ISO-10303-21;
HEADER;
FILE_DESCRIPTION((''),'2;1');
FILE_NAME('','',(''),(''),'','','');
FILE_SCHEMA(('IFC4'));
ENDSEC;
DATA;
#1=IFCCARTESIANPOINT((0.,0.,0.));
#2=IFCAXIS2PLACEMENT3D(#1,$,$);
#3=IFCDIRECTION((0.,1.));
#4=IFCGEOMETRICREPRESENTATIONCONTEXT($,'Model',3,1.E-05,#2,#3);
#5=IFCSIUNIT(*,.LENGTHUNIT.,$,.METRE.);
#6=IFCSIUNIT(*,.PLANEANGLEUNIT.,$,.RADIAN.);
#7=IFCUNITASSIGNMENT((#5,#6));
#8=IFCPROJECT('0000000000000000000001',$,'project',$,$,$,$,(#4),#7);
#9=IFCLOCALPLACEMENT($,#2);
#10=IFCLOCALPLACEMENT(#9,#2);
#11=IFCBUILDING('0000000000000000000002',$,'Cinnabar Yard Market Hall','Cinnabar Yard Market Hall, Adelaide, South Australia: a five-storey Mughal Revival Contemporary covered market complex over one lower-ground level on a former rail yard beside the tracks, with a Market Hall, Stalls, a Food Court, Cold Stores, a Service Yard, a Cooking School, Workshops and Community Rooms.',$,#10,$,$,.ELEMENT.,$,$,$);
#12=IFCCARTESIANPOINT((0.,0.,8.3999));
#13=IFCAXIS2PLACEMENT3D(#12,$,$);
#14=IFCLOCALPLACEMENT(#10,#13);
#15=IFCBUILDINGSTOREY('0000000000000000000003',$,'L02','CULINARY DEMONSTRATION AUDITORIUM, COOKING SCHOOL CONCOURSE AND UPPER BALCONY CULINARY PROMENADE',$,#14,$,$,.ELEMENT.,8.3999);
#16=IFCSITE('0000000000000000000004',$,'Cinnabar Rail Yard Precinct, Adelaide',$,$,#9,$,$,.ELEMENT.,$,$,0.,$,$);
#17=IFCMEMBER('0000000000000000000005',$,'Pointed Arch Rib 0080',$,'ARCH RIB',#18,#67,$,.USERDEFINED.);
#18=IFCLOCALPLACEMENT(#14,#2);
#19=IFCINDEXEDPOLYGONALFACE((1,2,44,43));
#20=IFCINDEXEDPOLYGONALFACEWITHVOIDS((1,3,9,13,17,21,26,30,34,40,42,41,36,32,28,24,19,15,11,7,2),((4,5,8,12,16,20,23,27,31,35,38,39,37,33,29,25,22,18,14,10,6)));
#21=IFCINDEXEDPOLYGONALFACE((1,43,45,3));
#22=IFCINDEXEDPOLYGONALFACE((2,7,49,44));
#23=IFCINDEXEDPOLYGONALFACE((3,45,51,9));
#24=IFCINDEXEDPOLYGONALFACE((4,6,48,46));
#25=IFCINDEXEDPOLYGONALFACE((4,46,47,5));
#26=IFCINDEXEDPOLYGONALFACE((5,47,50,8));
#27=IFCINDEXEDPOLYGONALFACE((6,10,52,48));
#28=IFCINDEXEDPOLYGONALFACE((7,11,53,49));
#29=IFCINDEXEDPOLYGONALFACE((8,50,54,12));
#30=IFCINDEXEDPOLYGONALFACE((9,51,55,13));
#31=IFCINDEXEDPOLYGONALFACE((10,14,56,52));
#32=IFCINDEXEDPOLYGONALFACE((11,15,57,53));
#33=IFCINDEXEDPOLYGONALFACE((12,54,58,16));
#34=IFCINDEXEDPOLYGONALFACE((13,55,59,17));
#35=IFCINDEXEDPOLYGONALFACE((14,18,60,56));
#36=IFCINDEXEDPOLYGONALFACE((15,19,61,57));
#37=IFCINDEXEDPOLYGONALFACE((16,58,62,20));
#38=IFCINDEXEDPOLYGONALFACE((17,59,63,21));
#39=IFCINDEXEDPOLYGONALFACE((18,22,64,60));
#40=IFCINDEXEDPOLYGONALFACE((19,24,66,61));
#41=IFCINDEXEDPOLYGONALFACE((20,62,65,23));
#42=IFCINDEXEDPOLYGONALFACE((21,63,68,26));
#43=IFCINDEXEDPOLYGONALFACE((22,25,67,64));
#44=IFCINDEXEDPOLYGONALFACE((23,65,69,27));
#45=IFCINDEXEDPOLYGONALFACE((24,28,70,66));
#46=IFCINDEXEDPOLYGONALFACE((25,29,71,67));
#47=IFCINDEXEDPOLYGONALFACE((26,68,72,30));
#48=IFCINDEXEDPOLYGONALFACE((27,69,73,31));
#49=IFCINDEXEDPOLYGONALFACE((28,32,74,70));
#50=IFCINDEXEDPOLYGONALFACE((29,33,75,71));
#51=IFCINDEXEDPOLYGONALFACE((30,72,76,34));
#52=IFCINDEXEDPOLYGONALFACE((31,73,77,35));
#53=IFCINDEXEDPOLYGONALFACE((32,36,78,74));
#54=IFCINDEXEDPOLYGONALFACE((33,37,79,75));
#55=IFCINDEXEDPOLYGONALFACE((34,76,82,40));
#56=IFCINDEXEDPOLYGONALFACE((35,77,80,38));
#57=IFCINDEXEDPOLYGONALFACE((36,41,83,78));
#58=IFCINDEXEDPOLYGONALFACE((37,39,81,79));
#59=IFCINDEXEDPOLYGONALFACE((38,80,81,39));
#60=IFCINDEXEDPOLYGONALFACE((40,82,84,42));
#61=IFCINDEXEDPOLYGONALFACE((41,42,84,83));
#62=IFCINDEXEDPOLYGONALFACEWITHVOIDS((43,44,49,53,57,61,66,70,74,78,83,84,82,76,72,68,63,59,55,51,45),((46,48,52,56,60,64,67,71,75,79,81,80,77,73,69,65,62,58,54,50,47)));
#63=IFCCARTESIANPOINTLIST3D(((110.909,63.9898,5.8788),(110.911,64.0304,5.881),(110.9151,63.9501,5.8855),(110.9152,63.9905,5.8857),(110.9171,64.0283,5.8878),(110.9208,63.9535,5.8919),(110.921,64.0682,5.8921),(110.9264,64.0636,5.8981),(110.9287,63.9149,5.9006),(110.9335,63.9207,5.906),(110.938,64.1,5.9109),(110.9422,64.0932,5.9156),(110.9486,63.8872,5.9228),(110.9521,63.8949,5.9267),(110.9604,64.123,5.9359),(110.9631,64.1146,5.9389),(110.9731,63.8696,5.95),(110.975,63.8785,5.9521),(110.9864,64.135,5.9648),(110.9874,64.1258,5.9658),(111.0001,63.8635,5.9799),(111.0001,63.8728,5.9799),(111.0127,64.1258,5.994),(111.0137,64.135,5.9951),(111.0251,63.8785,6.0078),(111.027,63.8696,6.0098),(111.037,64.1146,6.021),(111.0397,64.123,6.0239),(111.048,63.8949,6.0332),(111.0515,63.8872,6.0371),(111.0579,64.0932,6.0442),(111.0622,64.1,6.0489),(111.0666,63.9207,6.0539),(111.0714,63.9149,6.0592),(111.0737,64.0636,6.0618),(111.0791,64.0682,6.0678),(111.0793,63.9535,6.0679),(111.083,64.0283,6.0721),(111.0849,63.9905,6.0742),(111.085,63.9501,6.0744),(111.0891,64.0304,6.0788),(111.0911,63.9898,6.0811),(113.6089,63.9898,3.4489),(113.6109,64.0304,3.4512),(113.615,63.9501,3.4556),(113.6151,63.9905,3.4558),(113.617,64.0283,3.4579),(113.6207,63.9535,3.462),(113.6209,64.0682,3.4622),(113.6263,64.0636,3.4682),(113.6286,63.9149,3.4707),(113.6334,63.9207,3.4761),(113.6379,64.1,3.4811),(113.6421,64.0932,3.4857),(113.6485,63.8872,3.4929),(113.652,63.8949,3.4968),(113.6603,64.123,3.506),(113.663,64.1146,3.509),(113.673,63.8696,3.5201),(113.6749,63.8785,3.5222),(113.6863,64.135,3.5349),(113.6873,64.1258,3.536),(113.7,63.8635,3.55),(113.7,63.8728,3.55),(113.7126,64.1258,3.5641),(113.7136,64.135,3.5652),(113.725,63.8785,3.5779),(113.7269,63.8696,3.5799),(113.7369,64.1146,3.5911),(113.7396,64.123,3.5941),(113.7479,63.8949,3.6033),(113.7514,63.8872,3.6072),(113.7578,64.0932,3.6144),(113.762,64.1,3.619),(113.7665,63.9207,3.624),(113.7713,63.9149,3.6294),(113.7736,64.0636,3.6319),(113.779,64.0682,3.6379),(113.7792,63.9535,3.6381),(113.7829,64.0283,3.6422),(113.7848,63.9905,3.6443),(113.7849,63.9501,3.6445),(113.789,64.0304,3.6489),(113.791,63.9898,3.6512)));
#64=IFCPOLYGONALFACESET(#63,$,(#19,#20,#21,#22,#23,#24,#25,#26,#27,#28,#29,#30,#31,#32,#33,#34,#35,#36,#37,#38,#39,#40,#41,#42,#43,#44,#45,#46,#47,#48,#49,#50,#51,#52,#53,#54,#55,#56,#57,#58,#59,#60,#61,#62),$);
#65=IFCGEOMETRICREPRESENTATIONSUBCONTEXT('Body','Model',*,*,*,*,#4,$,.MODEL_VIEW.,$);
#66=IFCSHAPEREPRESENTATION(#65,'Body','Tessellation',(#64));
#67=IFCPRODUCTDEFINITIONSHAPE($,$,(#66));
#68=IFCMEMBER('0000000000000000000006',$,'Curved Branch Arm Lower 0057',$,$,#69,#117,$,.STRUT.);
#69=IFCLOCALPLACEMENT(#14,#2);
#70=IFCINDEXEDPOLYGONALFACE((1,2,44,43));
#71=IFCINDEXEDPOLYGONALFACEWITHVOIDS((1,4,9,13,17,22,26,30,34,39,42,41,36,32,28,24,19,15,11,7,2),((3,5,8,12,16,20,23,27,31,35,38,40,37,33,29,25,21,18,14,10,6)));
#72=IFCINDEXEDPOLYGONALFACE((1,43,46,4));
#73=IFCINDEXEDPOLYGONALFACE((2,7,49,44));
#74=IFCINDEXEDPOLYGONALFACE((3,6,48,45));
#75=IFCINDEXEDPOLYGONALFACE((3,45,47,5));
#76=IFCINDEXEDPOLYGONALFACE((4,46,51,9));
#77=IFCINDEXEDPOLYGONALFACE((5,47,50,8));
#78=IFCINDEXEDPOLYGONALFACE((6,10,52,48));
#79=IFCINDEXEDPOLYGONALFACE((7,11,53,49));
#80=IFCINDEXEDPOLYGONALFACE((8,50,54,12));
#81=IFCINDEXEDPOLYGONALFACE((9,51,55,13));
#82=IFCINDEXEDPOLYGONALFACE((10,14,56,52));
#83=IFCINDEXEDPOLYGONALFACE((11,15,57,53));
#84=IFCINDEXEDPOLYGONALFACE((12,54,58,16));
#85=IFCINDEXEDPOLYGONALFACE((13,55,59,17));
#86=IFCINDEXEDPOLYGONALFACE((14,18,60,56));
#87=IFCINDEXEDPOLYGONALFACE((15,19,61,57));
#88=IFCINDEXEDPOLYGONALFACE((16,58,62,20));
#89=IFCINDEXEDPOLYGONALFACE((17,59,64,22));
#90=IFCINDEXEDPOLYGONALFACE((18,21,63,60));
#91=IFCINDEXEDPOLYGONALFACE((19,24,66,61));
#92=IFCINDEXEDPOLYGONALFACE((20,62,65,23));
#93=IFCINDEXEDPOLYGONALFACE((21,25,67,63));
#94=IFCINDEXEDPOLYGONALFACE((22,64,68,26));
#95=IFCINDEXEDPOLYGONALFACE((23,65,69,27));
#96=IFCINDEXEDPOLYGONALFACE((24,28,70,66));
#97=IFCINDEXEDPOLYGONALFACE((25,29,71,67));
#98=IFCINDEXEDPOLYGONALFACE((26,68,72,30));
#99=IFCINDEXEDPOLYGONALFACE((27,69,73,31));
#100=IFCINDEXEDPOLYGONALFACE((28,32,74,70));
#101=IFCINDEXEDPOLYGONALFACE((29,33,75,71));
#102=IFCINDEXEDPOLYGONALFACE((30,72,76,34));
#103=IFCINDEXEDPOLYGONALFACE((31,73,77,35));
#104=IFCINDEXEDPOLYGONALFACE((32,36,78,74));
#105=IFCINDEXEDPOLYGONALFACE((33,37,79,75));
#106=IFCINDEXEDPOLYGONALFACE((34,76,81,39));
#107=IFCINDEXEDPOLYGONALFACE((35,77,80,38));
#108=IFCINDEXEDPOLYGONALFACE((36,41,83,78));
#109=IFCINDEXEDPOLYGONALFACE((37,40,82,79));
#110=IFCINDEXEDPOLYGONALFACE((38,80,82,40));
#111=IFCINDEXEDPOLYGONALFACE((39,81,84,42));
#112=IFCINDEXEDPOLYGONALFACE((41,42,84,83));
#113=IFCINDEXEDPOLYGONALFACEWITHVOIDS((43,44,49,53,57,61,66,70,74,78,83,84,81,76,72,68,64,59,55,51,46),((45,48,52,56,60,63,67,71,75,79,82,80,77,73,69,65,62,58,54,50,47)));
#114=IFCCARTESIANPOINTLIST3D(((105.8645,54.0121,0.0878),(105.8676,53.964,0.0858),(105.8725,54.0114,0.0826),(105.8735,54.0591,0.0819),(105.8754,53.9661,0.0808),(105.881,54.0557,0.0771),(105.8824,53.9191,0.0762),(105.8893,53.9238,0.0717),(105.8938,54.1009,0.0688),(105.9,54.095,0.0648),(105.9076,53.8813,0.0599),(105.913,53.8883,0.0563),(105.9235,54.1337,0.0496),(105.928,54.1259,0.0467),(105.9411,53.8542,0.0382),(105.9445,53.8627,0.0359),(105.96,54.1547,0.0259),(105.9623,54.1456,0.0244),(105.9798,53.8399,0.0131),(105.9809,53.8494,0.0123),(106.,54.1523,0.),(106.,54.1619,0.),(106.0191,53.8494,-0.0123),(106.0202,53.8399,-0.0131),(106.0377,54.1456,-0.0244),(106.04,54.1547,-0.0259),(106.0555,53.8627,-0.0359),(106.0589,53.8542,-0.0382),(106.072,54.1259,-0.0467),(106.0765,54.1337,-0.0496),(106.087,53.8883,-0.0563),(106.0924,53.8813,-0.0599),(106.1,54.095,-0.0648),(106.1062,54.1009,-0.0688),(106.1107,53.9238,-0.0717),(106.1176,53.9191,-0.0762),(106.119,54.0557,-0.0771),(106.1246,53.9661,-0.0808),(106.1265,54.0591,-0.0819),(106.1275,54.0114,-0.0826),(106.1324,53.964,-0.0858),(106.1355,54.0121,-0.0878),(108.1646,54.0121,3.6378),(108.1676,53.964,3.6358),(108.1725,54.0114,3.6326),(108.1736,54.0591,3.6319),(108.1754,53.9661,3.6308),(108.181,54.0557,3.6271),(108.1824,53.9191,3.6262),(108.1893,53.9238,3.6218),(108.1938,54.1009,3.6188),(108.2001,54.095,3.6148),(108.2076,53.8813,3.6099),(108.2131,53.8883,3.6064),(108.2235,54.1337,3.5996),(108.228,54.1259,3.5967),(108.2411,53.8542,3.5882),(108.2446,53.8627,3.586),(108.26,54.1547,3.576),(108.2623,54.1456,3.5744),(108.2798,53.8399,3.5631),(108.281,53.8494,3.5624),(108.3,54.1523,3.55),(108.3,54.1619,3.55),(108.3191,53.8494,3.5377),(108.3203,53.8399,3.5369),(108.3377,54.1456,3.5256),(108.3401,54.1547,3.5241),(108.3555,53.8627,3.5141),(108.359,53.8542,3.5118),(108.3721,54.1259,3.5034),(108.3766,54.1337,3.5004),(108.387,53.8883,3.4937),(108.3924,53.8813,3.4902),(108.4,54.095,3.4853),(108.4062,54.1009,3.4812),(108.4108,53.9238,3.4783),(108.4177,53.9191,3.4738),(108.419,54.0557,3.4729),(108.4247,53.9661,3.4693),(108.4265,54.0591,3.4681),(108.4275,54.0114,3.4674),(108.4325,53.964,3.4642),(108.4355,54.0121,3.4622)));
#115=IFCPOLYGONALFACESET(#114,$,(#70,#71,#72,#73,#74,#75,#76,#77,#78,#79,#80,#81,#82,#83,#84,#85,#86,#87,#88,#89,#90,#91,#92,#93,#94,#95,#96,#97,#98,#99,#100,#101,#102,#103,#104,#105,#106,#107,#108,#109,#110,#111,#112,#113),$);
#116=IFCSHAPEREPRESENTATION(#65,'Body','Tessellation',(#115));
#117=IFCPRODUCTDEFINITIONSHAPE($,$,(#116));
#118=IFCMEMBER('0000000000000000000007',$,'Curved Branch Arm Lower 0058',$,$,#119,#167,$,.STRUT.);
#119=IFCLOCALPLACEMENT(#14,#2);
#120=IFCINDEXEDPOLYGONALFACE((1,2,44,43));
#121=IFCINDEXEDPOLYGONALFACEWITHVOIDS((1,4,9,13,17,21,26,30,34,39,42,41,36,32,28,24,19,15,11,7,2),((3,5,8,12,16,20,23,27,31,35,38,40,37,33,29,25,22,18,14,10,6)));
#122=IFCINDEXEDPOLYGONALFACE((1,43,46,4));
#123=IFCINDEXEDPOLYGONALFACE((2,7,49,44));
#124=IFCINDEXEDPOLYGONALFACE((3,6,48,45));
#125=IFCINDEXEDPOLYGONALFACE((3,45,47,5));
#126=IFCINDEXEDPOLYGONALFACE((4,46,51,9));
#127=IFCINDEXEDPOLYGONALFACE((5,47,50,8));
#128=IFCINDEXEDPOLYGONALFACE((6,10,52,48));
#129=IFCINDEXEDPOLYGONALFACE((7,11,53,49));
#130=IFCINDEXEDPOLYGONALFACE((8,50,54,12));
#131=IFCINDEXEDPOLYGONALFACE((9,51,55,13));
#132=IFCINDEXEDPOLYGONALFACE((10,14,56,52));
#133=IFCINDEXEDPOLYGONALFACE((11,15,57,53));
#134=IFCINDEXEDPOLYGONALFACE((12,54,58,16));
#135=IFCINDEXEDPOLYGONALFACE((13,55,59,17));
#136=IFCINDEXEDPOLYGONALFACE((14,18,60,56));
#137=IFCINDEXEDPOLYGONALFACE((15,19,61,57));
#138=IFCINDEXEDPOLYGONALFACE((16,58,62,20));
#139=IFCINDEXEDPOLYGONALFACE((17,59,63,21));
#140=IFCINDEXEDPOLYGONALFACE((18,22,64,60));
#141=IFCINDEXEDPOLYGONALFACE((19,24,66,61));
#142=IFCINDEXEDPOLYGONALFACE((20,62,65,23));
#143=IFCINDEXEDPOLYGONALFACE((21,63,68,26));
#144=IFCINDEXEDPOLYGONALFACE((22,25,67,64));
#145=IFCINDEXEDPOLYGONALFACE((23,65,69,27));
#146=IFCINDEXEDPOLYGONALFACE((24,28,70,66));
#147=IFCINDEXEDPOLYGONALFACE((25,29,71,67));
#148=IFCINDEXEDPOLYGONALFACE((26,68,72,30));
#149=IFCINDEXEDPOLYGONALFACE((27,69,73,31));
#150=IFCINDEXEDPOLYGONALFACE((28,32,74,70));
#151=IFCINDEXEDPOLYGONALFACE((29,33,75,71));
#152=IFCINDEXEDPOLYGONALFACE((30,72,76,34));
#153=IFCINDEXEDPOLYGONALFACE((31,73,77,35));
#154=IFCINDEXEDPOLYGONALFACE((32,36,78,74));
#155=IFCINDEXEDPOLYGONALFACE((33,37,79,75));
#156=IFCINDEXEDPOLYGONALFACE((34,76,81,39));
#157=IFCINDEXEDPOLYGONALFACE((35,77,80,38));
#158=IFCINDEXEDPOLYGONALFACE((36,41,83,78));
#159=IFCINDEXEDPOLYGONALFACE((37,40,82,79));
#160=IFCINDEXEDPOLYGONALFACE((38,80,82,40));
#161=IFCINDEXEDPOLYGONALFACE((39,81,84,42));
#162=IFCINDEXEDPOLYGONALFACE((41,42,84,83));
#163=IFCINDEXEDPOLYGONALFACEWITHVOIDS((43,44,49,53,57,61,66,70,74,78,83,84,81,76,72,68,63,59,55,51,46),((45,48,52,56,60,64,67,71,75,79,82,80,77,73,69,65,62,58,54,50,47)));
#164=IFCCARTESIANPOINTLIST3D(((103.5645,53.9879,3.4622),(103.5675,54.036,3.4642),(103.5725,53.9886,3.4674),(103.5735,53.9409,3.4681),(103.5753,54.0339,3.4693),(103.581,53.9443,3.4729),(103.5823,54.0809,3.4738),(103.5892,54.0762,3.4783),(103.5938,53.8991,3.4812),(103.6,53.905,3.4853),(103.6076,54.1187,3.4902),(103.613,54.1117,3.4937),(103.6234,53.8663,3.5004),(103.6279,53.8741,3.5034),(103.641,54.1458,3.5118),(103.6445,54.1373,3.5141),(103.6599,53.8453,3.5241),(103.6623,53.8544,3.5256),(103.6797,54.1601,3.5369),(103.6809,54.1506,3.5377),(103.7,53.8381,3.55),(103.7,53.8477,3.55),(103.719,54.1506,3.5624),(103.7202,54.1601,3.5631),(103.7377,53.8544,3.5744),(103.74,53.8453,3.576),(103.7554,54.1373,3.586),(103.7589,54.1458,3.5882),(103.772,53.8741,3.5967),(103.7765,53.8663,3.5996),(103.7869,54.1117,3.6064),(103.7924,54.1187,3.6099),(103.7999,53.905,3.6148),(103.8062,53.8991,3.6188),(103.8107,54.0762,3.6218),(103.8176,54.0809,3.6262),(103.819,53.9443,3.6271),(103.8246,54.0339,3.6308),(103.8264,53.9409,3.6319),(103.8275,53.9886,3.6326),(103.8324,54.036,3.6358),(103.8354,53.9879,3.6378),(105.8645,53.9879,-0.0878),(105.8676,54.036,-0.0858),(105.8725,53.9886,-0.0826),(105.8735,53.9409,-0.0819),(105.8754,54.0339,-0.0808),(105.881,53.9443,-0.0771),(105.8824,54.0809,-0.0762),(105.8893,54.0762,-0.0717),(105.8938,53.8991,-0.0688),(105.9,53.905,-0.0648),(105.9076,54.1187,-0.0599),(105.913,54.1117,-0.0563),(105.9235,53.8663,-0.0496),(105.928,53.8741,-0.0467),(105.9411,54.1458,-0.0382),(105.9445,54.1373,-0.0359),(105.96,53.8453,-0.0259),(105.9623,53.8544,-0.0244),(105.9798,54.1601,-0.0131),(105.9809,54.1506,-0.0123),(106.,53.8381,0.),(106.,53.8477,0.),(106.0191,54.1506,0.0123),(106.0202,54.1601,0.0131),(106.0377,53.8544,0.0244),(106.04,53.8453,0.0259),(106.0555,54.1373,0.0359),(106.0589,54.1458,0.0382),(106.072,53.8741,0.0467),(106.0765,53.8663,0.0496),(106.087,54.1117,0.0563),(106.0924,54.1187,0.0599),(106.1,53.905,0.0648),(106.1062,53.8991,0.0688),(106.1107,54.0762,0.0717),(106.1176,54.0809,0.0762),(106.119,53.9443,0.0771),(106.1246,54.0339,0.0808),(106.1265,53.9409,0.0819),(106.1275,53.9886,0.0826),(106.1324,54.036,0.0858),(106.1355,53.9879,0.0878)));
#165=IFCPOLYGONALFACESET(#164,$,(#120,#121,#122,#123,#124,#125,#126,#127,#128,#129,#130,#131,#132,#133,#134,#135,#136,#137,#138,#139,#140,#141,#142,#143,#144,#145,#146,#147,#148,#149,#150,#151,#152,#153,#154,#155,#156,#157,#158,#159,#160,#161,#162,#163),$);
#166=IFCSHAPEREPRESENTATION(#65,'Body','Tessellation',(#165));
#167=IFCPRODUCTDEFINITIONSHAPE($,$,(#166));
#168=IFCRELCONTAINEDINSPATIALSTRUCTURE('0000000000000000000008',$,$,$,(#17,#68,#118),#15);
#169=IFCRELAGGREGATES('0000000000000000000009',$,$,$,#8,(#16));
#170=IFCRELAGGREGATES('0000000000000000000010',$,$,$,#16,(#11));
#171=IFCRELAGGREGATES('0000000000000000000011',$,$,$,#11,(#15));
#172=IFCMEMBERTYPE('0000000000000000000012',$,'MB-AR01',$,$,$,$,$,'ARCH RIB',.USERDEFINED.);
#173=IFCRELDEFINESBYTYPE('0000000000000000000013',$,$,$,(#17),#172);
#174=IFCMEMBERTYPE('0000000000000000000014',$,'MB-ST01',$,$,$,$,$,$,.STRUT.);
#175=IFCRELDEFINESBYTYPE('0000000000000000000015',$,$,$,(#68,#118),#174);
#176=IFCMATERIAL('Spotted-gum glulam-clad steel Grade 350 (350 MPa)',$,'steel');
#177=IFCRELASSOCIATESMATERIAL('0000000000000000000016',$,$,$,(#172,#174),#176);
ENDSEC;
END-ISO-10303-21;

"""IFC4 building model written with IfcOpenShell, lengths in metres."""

from ifc_helpers import new_model, si_unit, direction, frame, origin, origin_2d_with_axis, place, context, subcontext, project, spatial, hollow_circle, extrude, material, material_profile, profile_set, type_object, element, save


model = new_model("IFC4")

# Units and contexts
model_context = context("Model", 3, precision=1e-05, world=origin(), true_north=direction((0.0, 1.0)))
body_context = subcontext(model_context, "Body", "Model", "MODEL_VIEW")
ifc_project = project(units=[si_unit("LENGTHUNIT", "METRE"), si_unit("PLANEANGLEUNIT", "RADIAN")], contexts=[model_context])

# Site, building, storey
site_placement = place(None, origin())
site = spatial("IfcSite", under=ifc_project, at=site_placement, Name="Cinnabar Rail Yard Precinct, Adelaide", CompositionType="ELEMENT", RefElevation=0.0)
building_placement = place(site_placement, origin())
building = spatial("IfcBuilding", under=site, at=building_placement, Name="Cinnabar Yard Market Hall", Description="Cinnabar Yard Market Hall, Adelaide, South Australia: a five-storey Mughal Revival Contemporary covered market complex over one lower-ground level on a former rail yard beside the tracks, with a Market Hall, Stalls, a Food Court, Cold Stores, a Service Yard, a Cooking School, Workshops and Community Rooms.", CompositionType="ELEMENT")
storey_placement = place(building_placement, frame((0.0, 0.0, 8.3999)))
storey = spatial("IfcBuildingStorey", under=building, at=storey_placement, Name="L02", Description="CULINARY DEMONSTRATION AUDITORIUM, COOKING SCHOOL CONCOURSE AND UPPER BALCONY CULINARY PROMENADE", CompositionType="ELEMENT", Elevation=8.3999)

# Shared definitions
ifc_material_1 = material(Name="Spotted-gum glulam-clad steel Grade 350 (350 MPa)", Category="steel")

# Members
ifc_material_profile_1 = material_profile(ifc_material_1, hollow_circle(Radius=0.1365, WallThickness=0.0093, at=origin_2d_with_axis()), Name="273.1x9.3CHS")
ifc_profile_set_1 = profile_set([ifc_material_profile_1], Name="Spotted-gum glulam-clad steel Grade 350 (350 MPa)")
member_type_1 = type_object("IfcMemberType", Name="MB-AR01", ElementType="ARCH RIB", PredefinedType="USERDEFINED", material=ifc_profile_set_1)
for number, where, z_axis, x_axis, name in (
    (1, (113.7, 64.0, 3.55), (-0.743297, 0.0, 0.668961), (0.0, -1.0, 0.0), "Pointed Arch Rib 0080"),
):
    element("IfcMember", number, at=place(storey_placement, frame(where, z_axis=z_axis, x_axis=x_axis)), inside=storey, type_object=member_type_1, Name=name, ObjectType="ARCH RIB", PredefinedType="USERDEFINED", context=body_context, shape_type="SweptSolid", body=[
        extrude(hollow_circle(Radius=0.1365, WallThickness=0.0093, at=origin_2d_with_axis()), origin(), (0.0, 0.0, 1.0), 3.6323),
    ])
ifc_material_profile_2 = material_profile(ifc_material_1, hollow_circle(Radius=0.1619, WallThickness=0.0095, at=origin_2d_with_axis()), Name="323.9x9.5CHS")
ifc_profile_set_2 = profile_set([ifc_material_profile_2], Name="Spotted-gum glulam-clad steel Grade 350 (350 MPa)")
member_type_2 = type_object("IfcMemberType", Name="MB-ST01", PredefinedType="STRUT", material=ifc_profile_set_2)
for number, where, z_axis, x_axis, name in (
    (2, (106.0, 54.0, 0.0), (0.543744, 0.0, 0.839251), (0.0, 1.0, 0.0), "Curved Branch Arm Lower 0057"),
    (3, (106.0, 54.0, 0.0), (-0.543744, 0.0, 0.839251), (0.0, -1.0, 0.0), "Curved Branch Arm Lower 0058"),
):
    element("IfcMember", number, at=place(storey_placement, frame(where, z_axis=z_axis, x_axis=x_axis)), inside=storey, type_object=member_type_2, Name=name, PredefinedType="STRUT", context=body_context, shape_type="SweptSolid", body=[
        extrude(hollow_circle(Radius=0.1619, WallThickness=0.0095, at=origin_2d_with_axis()), origin(), (0.0, 0.0, 1.0), 4.23),
    ])

save(model, "model.ifc")
